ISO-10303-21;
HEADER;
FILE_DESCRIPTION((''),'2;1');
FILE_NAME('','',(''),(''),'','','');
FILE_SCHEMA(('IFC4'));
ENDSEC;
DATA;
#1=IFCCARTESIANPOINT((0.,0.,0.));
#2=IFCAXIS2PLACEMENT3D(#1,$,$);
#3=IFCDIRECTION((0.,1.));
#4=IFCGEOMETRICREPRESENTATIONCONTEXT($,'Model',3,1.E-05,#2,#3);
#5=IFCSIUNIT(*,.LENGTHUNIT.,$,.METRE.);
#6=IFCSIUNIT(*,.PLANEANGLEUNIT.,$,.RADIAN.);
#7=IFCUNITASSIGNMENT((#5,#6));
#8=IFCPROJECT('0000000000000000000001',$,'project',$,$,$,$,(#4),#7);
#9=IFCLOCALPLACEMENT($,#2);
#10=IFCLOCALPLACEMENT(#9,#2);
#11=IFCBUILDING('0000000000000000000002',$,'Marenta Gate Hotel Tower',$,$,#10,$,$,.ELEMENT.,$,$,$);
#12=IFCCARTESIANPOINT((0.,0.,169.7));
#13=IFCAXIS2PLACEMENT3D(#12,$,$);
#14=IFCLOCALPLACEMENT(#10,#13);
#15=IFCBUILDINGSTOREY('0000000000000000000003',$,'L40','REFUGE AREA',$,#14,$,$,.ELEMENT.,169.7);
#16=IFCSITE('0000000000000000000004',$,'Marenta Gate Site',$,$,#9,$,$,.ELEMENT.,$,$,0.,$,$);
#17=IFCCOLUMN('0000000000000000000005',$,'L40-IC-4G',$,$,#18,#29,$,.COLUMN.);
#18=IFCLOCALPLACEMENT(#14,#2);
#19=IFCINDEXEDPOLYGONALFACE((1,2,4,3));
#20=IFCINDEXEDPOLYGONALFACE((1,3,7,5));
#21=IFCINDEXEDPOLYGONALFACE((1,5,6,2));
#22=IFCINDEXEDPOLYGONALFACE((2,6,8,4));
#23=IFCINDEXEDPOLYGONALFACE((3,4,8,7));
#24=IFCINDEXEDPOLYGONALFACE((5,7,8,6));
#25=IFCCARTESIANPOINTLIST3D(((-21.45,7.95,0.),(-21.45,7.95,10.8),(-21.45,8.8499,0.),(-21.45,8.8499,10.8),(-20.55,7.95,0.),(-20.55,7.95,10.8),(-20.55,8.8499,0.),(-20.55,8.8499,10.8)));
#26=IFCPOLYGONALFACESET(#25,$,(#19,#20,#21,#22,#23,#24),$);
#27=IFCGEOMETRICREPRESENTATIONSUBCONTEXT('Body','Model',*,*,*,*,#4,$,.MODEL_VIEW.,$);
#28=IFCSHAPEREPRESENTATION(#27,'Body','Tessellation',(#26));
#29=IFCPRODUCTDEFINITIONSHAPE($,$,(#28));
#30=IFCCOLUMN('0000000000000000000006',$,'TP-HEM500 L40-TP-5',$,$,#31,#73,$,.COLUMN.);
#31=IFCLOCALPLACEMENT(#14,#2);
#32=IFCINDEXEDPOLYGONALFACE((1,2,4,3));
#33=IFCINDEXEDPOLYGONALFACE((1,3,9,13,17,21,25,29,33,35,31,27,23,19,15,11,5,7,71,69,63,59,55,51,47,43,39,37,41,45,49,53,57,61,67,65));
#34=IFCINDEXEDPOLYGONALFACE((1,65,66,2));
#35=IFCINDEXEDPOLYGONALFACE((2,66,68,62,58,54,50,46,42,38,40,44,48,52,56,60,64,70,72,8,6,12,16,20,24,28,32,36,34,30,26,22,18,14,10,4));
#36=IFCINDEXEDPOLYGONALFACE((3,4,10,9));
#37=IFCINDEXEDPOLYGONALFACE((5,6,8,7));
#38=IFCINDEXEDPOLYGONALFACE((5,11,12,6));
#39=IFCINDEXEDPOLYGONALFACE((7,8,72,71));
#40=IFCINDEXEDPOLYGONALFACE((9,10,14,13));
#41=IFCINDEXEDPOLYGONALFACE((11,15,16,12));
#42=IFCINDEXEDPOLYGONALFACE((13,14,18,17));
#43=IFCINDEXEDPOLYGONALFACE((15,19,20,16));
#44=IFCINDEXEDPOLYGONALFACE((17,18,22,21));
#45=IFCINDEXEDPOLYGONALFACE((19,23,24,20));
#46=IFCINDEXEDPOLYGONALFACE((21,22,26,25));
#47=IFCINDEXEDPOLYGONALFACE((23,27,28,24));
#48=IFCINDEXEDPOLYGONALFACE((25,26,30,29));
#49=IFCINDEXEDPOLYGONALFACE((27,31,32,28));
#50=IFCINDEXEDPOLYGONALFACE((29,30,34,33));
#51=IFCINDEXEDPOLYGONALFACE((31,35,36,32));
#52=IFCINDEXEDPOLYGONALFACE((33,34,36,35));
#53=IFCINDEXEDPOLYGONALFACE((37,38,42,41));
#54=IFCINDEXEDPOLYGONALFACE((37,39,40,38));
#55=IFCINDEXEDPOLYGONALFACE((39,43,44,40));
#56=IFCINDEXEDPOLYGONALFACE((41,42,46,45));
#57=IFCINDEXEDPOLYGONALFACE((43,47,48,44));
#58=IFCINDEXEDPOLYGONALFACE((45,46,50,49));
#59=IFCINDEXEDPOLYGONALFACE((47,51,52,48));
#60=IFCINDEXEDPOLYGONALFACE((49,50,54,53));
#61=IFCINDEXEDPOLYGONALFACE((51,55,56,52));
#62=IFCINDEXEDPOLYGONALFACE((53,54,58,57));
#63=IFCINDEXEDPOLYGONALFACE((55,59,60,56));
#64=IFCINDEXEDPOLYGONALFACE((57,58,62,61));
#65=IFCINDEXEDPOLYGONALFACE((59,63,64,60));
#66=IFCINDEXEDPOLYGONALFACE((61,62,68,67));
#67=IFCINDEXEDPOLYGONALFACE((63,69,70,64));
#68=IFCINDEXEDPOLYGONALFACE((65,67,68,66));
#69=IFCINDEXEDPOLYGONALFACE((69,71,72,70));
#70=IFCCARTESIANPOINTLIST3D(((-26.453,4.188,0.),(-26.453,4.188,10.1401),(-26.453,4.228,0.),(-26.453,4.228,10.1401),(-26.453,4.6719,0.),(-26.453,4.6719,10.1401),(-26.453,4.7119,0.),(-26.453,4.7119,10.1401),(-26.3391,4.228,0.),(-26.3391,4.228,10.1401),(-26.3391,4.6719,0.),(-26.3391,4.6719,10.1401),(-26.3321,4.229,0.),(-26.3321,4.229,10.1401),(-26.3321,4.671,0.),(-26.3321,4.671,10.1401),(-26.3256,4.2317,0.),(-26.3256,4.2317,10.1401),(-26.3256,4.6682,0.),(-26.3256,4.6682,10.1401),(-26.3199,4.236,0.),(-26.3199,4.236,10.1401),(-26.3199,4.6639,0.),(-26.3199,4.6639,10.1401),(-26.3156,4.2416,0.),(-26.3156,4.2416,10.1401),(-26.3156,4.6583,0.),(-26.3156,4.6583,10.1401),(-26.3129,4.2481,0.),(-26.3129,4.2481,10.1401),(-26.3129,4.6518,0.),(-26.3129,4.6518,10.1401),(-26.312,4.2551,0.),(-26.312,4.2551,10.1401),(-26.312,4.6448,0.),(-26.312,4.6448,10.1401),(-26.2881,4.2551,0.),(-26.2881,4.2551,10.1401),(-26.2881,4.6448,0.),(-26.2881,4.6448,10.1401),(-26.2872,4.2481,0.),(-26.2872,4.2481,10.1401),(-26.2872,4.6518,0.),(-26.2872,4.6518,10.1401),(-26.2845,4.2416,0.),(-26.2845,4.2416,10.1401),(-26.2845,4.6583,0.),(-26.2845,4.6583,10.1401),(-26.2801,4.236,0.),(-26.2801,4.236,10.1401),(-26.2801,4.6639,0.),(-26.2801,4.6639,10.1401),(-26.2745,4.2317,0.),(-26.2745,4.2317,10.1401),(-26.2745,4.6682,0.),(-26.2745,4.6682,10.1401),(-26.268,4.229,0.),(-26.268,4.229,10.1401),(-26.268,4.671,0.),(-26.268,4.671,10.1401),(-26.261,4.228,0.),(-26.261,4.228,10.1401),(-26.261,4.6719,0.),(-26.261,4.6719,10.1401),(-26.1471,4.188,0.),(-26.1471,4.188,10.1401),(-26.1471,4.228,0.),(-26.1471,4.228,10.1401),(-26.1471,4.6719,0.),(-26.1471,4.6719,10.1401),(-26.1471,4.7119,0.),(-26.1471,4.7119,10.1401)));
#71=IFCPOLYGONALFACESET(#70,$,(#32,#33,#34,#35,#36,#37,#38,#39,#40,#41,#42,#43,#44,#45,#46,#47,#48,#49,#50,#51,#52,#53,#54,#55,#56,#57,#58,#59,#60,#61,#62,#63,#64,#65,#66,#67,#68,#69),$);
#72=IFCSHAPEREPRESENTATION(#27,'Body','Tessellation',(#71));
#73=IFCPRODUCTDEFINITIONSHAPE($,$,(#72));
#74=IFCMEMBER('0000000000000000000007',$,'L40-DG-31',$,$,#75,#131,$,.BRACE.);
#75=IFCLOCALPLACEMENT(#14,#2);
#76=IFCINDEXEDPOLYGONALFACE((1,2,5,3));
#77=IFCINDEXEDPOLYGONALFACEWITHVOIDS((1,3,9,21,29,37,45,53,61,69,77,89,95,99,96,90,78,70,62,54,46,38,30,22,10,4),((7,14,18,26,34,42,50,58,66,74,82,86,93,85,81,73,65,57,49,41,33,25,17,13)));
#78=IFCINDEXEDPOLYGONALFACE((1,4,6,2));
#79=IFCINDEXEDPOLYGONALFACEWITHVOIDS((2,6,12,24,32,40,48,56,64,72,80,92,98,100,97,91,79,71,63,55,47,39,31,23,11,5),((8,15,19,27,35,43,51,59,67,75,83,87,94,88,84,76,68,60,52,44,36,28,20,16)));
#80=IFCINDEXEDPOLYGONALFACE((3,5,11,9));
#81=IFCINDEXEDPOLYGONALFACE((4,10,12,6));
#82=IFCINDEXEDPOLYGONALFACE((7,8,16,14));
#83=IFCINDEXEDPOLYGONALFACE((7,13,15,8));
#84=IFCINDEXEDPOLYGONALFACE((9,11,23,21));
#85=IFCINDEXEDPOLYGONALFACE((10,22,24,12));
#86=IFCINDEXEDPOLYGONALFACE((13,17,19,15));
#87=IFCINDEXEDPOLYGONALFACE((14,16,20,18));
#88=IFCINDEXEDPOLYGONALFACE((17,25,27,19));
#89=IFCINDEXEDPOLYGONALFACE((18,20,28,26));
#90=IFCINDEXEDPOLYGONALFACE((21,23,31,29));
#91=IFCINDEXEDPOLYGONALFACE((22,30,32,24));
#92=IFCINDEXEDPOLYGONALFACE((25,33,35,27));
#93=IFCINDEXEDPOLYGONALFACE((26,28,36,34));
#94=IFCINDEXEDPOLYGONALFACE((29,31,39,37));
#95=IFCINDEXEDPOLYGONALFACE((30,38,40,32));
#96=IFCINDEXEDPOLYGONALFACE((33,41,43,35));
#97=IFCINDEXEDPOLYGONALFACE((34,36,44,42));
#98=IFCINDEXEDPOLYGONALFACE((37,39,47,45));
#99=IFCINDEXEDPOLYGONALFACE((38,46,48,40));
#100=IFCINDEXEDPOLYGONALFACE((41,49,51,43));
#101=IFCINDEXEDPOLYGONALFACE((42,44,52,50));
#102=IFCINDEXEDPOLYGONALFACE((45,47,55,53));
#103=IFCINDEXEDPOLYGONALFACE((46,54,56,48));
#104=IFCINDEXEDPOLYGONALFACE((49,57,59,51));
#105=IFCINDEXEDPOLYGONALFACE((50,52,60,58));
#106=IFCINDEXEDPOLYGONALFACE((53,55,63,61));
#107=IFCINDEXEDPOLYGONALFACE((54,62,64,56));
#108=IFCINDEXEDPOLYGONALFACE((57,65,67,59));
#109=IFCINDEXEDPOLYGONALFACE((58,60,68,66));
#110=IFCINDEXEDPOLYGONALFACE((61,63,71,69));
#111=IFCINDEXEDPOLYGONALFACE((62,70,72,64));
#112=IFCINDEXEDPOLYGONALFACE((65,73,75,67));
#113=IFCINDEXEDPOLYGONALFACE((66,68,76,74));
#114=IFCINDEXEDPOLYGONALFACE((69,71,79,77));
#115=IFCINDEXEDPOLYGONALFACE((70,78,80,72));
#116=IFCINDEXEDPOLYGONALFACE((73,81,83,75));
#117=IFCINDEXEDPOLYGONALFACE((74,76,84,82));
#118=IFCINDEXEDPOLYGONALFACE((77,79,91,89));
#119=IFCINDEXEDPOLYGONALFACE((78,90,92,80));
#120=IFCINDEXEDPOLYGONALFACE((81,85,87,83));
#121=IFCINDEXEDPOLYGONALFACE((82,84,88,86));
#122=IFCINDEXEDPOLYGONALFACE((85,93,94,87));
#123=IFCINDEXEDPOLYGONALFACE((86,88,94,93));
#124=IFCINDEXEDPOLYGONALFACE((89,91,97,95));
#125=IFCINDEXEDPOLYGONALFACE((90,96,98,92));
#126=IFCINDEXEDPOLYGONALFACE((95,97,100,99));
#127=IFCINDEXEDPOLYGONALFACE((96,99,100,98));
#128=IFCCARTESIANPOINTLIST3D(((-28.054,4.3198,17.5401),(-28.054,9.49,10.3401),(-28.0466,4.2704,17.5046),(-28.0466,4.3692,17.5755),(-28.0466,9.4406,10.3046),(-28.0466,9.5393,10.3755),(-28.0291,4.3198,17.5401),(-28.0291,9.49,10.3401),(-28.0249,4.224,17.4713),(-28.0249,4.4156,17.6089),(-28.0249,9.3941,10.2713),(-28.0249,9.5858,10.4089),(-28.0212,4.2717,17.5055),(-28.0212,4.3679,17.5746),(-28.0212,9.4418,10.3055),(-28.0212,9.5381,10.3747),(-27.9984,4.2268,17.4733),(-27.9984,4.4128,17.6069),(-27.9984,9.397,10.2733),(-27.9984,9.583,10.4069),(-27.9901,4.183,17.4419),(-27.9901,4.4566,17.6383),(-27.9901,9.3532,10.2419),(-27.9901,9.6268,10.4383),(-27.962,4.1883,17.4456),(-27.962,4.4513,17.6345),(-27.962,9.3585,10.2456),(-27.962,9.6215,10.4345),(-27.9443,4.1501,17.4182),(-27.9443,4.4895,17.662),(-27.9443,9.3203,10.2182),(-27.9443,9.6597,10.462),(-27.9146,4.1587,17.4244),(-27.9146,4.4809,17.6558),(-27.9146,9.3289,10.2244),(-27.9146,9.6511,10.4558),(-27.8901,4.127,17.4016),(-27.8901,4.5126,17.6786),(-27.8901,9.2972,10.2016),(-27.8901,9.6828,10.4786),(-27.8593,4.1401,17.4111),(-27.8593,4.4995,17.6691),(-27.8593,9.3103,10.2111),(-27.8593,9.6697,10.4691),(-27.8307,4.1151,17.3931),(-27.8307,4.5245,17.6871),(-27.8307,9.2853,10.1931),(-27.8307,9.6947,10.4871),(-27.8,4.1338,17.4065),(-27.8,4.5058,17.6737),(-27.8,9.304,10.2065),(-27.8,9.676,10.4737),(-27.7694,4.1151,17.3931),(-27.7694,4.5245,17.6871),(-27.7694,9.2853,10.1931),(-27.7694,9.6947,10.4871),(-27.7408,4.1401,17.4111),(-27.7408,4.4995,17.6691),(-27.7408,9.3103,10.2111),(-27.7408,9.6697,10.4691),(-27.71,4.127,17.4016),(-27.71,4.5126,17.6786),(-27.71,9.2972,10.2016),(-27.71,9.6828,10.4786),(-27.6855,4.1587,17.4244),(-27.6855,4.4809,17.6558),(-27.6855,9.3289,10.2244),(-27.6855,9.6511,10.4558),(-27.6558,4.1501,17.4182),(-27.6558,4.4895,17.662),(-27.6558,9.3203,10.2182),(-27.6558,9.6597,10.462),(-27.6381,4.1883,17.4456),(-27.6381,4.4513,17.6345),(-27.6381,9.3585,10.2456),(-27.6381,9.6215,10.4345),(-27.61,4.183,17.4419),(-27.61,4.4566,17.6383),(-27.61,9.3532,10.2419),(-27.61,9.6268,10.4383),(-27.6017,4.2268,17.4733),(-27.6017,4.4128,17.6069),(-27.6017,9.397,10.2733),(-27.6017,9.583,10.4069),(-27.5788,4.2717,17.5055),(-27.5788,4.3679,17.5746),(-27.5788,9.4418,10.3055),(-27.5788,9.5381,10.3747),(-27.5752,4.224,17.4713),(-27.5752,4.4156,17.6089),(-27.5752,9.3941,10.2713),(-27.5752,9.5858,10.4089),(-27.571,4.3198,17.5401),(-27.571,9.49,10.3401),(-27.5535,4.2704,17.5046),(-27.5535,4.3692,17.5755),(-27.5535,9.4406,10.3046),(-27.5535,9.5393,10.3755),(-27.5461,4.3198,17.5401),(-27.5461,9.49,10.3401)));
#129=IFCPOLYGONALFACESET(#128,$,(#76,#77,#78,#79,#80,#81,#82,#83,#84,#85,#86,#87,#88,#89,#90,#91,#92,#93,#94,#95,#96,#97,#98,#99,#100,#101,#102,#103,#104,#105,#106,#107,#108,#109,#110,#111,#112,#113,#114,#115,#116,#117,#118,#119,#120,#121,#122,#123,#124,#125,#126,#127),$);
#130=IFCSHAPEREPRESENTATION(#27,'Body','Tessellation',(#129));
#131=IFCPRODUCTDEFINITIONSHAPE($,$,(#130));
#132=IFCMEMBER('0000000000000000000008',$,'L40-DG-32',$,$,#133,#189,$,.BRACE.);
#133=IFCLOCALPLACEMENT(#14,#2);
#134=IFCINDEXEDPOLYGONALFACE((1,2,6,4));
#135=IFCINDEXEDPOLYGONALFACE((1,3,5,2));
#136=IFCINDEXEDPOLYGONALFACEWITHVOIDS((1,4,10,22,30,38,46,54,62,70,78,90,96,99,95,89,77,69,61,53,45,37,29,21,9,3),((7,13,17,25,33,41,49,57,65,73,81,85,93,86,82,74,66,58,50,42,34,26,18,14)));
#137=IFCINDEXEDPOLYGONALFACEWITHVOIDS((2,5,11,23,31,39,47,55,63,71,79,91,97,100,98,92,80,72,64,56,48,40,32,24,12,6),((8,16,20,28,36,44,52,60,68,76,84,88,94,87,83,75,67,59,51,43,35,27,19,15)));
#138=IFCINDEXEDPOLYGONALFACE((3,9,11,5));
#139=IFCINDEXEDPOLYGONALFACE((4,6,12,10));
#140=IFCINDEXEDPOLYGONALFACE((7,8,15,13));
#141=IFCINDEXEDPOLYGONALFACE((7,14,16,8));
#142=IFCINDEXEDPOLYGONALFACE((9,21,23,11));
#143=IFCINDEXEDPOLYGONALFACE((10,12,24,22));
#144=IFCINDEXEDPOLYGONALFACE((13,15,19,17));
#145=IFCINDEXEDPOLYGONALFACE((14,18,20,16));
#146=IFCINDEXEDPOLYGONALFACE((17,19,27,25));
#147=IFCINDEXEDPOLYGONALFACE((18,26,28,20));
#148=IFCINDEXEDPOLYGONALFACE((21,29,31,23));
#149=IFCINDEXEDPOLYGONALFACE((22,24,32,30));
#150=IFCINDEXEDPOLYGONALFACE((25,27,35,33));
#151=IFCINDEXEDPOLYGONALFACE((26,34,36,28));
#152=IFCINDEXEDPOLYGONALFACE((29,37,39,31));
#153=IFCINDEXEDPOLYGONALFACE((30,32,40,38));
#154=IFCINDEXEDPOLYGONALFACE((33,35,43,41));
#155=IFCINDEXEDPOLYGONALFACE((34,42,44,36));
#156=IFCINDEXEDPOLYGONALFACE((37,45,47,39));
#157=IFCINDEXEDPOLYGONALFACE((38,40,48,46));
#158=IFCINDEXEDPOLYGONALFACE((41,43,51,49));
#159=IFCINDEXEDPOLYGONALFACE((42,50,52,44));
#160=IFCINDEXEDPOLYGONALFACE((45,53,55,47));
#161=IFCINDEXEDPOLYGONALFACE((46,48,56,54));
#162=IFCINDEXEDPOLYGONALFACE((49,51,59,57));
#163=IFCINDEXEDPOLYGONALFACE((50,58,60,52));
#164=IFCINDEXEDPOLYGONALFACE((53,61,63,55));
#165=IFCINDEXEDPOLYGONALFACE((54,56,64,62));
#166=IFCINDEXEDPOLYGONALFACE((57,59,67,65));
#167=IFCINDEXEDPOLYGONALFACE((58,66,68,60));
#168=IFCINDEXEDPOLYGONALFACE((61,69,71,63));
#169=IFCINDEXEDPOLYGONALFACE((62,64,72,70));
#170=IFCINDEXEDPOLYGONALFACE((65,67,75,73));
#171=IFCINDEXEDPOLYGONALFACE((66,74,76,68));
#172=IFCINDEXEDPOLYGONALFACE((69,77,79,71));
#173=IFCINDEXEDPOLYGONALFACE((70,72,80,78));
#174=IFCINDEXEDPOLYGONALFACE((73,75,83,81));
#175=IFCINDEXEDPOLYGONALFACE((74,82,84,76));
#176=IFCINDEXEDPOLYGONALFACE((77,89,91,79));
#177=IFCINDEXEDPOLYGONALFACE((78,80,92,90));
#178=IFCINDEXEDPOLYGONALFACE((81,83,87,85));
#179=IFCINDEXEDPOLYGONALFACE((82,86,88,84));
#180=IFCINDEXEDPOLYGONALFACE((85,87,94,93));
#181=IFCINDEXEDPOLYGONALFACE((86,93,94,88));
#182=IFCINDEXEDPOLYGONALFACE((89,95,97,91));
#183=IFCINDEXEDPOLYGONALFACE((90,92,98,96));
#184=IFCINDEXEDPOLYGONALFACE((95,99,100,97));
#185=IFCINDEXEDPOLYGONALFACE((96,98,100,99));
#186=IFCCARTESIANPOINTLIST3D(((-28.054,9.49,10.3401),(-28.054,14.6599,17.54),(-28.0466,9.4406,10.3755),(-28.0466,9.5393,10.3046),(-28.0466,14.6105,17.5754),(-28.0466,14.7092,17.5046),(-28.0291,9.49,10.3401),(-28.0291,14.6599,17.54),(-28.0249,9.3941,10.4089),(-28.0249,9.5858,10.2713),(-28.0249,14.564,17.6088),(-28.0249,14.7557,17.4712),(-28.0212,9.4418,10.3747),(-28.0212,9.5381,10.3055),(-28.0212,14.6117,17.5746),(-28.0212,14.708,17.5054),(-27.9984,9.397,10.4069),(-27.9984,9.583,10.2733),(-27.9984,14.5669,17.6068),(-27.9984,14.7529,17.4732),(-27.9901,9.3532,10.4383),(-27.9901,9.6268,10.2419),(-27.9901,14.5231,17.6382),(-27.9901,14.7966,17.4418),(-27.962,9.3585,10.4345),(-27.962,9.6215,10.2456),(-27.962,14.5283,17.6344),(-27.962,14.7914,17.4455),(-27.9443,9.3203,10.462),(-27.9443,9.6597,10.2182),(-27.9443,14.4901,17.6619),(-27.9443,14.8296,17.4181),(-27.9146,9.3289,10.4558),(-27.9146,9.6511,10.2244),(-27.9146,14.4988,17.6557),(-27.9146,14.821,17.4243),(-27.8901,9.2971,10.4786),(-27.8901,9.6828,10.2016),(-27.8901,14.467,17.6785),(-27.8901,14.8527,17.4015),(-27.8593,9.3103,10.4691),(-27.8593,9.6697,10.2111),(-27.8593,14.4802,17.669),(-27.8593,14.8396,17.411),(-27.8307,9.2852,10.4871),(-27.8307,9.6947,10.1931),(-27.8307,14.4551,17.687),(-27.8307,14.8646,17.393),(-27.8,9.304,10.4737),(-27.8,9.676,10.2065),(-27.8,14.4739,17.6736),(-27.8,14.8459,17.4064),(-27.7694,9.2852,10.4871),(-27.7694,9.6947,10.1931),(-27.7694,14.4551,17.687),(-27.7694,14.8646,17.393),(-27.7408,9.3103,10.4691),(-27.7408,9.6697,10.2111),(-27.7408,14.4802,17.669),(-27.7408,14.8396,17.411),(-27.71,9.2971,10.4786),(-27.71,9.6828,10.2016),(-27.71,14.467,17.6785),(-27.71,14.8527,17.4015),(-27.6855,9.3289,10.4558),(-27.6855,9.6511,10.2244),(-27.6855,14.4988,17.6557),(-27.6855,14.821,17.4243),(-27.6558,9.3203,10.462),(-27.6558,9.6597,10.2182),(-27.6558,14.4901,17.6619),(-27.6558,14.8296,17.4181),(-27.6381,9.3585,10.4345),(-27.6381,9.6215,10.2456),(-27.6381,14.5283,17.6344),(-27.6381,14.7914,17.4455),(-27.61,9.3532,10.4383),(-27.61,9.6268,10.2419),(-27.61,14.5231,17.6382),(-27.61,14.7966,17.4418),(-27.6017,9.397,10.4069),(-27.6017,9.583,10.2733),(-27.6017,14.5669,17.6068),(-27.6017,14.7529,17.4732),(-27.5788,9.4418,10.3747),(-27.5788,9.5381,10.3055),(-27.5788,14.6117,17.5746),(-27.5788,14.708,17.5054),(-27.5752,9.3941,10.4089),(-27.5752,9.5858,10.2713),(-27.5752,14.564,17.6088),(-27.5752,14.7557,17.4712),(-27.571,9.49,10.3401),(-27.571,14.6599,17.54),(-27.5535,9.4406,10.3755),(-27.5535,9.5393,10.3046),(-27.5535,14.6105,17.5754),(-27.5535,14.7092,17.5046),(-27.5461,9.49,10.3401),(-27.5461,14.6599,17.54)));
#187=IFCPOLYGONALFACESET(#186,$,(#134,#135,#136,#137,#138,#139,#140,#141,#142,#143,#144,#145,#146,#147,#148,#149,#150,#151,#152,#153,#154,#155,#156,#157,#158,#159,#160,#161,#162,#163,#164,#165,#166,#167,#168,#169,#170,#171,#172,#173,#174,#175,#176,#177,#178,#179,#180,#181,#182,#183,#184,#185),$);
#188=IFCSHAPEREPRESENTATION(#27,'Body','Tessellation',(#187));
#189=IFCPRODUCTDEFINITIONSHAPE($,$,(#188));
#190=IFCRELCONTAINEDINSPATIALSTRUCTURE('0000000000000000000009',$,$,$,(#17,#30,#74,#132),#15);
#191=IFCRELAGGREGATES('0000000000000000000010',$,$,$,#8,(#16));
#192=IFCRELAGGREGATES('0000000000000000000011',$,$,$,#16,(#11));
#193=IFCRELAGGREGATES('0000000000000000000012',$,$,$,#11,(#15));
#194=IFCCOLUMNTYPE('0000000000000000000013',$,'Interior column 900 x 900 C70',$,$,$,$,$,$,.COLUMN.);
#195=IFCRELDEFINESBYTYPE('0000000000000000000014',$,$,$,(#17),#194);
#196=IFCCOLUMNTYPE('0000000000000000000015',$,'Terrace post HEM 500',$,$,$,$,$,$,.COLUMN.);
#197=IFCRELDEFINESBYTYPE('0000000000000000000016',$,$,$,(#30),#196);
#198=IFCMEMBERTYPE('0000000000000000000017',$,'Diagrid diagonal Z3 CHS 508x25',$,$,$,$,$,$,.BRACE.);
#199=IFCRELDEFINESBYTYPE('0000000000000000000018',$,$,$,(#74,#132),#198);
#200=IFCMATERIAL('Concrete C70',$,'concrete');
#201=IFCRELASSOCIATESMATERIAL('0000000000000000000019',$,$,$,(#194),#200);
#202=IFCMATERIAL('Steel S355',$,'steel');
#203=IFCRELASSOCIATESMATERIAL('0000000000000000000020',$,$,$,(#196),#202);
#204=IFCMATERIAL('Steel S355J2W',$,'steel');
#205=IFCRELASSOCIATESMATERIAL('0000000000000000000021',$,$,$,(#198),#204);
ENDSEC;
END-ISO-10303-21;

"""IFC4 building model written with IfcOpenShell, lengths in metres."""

from ifc_helpers import new_model, si_unit, direction, frame, origin, origin_2d, place, context, subcontext, project, spatial, rectangle, hollow_circle, i_section, extrude, material, material_profile, profile_set, type_object, element, save


model = new_model("IFC4")

# Units and contexts
model_context = context("Model", 3, precision=1e-05, world=origin(), true_north=direction((0.0, 1.0)))
body_context = subcontext(model_context, "Body", "Model", "MODEL_VIEW")
ifc_project = project(units=[si_unit("LENGTHUNIT", "METRE"), si_unit("PLANEANGLEUNIT", "RADIAN")], contexts=[model_context])

# Site, building, storey
site_placement = place(None, origin())
site = spatial("IfcSite", under=ifc_project, at=site_placement, Name="Marenta Gate Site", CompositionType="ELEMENT", RefElevation=0.0)
building_placement = place(site_placement, origin())
building = spatial("IfcBuilding", under=site, at=building_placement, Name="Marenta Gate Hotel Tower", CompositionType="ELEMENT")
storey_placement = place(building_placement, frame((0.0, 0.0, 169.7)))
storey = spatial("IfcBuildingStorey", under=building, at=storey_placement, Name="L40", Description="REFUGE AREA", CompositionType="ELEMENT", Elevation=169.7)

# Columns
ifc_material_1 = material(Name="Concrete C70", Category="concrete")
ifc_material_profile_1 = material_profile(ifc_material_1, rectangle(XDim=0.8999, YDim=0.8999, at=origin_2d()), Name="900 x 900")
ifc_profile_set_1 = profile_set([ifc_material_profile_1], Name="Concrete C70")
column_type_1 = type_object("IfcColumnType", Name="Interior column 900 x 900 C70", PredefinedType="COLUMN", material=ifc_profile_set_1)
column_1_placement = place(storey_placement, frame((-21.0, 8.3999, 0.0), z_axis=(0.0, 0.0, 1.0), x_axis=(1.0, 0.0, 0.0)))
element("IfcColumn", 1, at=column_1_placement, inside=storey, type_object=column_type_1, Name="L40-IC-4G", PredefinedType="COLUMN", context=body_context, shape_type="SweptSolid", body=[
    extrude(rectangle(XDim=0.8999, YDim=0.8999, at=origin_2d()), origin(), (0.0, 0.0, 1.0), 10.8),
])
ifc_material_2 = material(Name="Steel S355", Category="steel")
ifc_material_profile_2 = material_profile(ifc_material_2, i_section(OverallWidth=0.3059, OverallDepth=0.5239, WebThickness=0.0239, FlangeThickness=0.04, FilletRadius=0.0271, at=origin_2d()), Name="HEM 500")
ifc_profile_set_2 = profile_set([ifc_material_profile_2], Name="Steel S355")
column_type_2 = type_object("IfcColumnType", Name="Terrace post HEM 500", PredefinedType="COLUMN", material=ifc_profile_set_2)
column_2_placement = place(storey_placement, frame((-26.3, 4.45, 0.0), z_axis=(0.0, 0.0, 1.0), x_axis=(1.0, 0.0, 0.0)))
element("IfcColumn", 2, at=column_2_placement, inside=storey, type_object=column_type_2, Name="TP-HEM500 L40-TP-5", PredefinedType="COLUMN", context=body_context, shape_type="SweptSolid", body=[
    extrude(i_section(OverallWidth=0.3059, OverallDepth=0.5239, WebThickness=0.0239, FlangeThickness=0.04, FilletRadius=0.0271, at=origin_2d()), origin(), (0.0, 0.0, 1.0), 10.1401),
])

# Members
ifc_material_3 = material(Name="Steel S355J2W", Category="steel")
ifc_material_profile_3 = material_profile(ifc_material_3, hollow_circle(Radius=0.2539, WallThickness=0.0249, at=origin_2d()), Name="CHS 508x25")
ifc_profile_set_3 = profile_set([ifc_material_profile_3], Name="Steel S355J2W")
member_type_1 = type_object("IfcMemberType", Name="Diagrid diagonal Z3 CHS 508x25", PredefinedType="BRACE", material=ifc_profile_set_3)
member_1_placement = place(storey_placement, frame((-27.8, 9.49, 10.3401), z_axis=(0.0, -0.583279, 0.812272), x_axis=(1.0, 0.0, 0.0)))
element("IfcMember", 3, at=member_1_placement, inside=storey, type_object=member_type_1, Name="L40-DG-31", PredefinedType="BRACE", context=body_context, shape_type="SweptSolid", body=[
    extrude(hollow_circle(Radius=0.2539, WallThickness=0.0249, at=origin_2d()), origin(), (0.0, 0.0, 1.0), 8.864),
])
member_2_placement = place(storey_placement, frame((-27.8, 9.49, 10.3401), z_axis=(0.0, 0.583261, 0.812285), x_axis=(-1.0, 0.0, 0.0)))
element("IfcMember", 4, at=member_2_placement, inside=storey, type_object=member_type_1, Name="L40-DG-32", PredefinedType="BRACE", context=body_context, shape_type="SweptSolid", body=[
    extrude(hollow_circle(Radius=0.2539, WallThickness=0.0249, at=origin_2d()), origin(), (0.0, 0.0, 1.0), 8.8638),
])

save(model, "model.ifc")
